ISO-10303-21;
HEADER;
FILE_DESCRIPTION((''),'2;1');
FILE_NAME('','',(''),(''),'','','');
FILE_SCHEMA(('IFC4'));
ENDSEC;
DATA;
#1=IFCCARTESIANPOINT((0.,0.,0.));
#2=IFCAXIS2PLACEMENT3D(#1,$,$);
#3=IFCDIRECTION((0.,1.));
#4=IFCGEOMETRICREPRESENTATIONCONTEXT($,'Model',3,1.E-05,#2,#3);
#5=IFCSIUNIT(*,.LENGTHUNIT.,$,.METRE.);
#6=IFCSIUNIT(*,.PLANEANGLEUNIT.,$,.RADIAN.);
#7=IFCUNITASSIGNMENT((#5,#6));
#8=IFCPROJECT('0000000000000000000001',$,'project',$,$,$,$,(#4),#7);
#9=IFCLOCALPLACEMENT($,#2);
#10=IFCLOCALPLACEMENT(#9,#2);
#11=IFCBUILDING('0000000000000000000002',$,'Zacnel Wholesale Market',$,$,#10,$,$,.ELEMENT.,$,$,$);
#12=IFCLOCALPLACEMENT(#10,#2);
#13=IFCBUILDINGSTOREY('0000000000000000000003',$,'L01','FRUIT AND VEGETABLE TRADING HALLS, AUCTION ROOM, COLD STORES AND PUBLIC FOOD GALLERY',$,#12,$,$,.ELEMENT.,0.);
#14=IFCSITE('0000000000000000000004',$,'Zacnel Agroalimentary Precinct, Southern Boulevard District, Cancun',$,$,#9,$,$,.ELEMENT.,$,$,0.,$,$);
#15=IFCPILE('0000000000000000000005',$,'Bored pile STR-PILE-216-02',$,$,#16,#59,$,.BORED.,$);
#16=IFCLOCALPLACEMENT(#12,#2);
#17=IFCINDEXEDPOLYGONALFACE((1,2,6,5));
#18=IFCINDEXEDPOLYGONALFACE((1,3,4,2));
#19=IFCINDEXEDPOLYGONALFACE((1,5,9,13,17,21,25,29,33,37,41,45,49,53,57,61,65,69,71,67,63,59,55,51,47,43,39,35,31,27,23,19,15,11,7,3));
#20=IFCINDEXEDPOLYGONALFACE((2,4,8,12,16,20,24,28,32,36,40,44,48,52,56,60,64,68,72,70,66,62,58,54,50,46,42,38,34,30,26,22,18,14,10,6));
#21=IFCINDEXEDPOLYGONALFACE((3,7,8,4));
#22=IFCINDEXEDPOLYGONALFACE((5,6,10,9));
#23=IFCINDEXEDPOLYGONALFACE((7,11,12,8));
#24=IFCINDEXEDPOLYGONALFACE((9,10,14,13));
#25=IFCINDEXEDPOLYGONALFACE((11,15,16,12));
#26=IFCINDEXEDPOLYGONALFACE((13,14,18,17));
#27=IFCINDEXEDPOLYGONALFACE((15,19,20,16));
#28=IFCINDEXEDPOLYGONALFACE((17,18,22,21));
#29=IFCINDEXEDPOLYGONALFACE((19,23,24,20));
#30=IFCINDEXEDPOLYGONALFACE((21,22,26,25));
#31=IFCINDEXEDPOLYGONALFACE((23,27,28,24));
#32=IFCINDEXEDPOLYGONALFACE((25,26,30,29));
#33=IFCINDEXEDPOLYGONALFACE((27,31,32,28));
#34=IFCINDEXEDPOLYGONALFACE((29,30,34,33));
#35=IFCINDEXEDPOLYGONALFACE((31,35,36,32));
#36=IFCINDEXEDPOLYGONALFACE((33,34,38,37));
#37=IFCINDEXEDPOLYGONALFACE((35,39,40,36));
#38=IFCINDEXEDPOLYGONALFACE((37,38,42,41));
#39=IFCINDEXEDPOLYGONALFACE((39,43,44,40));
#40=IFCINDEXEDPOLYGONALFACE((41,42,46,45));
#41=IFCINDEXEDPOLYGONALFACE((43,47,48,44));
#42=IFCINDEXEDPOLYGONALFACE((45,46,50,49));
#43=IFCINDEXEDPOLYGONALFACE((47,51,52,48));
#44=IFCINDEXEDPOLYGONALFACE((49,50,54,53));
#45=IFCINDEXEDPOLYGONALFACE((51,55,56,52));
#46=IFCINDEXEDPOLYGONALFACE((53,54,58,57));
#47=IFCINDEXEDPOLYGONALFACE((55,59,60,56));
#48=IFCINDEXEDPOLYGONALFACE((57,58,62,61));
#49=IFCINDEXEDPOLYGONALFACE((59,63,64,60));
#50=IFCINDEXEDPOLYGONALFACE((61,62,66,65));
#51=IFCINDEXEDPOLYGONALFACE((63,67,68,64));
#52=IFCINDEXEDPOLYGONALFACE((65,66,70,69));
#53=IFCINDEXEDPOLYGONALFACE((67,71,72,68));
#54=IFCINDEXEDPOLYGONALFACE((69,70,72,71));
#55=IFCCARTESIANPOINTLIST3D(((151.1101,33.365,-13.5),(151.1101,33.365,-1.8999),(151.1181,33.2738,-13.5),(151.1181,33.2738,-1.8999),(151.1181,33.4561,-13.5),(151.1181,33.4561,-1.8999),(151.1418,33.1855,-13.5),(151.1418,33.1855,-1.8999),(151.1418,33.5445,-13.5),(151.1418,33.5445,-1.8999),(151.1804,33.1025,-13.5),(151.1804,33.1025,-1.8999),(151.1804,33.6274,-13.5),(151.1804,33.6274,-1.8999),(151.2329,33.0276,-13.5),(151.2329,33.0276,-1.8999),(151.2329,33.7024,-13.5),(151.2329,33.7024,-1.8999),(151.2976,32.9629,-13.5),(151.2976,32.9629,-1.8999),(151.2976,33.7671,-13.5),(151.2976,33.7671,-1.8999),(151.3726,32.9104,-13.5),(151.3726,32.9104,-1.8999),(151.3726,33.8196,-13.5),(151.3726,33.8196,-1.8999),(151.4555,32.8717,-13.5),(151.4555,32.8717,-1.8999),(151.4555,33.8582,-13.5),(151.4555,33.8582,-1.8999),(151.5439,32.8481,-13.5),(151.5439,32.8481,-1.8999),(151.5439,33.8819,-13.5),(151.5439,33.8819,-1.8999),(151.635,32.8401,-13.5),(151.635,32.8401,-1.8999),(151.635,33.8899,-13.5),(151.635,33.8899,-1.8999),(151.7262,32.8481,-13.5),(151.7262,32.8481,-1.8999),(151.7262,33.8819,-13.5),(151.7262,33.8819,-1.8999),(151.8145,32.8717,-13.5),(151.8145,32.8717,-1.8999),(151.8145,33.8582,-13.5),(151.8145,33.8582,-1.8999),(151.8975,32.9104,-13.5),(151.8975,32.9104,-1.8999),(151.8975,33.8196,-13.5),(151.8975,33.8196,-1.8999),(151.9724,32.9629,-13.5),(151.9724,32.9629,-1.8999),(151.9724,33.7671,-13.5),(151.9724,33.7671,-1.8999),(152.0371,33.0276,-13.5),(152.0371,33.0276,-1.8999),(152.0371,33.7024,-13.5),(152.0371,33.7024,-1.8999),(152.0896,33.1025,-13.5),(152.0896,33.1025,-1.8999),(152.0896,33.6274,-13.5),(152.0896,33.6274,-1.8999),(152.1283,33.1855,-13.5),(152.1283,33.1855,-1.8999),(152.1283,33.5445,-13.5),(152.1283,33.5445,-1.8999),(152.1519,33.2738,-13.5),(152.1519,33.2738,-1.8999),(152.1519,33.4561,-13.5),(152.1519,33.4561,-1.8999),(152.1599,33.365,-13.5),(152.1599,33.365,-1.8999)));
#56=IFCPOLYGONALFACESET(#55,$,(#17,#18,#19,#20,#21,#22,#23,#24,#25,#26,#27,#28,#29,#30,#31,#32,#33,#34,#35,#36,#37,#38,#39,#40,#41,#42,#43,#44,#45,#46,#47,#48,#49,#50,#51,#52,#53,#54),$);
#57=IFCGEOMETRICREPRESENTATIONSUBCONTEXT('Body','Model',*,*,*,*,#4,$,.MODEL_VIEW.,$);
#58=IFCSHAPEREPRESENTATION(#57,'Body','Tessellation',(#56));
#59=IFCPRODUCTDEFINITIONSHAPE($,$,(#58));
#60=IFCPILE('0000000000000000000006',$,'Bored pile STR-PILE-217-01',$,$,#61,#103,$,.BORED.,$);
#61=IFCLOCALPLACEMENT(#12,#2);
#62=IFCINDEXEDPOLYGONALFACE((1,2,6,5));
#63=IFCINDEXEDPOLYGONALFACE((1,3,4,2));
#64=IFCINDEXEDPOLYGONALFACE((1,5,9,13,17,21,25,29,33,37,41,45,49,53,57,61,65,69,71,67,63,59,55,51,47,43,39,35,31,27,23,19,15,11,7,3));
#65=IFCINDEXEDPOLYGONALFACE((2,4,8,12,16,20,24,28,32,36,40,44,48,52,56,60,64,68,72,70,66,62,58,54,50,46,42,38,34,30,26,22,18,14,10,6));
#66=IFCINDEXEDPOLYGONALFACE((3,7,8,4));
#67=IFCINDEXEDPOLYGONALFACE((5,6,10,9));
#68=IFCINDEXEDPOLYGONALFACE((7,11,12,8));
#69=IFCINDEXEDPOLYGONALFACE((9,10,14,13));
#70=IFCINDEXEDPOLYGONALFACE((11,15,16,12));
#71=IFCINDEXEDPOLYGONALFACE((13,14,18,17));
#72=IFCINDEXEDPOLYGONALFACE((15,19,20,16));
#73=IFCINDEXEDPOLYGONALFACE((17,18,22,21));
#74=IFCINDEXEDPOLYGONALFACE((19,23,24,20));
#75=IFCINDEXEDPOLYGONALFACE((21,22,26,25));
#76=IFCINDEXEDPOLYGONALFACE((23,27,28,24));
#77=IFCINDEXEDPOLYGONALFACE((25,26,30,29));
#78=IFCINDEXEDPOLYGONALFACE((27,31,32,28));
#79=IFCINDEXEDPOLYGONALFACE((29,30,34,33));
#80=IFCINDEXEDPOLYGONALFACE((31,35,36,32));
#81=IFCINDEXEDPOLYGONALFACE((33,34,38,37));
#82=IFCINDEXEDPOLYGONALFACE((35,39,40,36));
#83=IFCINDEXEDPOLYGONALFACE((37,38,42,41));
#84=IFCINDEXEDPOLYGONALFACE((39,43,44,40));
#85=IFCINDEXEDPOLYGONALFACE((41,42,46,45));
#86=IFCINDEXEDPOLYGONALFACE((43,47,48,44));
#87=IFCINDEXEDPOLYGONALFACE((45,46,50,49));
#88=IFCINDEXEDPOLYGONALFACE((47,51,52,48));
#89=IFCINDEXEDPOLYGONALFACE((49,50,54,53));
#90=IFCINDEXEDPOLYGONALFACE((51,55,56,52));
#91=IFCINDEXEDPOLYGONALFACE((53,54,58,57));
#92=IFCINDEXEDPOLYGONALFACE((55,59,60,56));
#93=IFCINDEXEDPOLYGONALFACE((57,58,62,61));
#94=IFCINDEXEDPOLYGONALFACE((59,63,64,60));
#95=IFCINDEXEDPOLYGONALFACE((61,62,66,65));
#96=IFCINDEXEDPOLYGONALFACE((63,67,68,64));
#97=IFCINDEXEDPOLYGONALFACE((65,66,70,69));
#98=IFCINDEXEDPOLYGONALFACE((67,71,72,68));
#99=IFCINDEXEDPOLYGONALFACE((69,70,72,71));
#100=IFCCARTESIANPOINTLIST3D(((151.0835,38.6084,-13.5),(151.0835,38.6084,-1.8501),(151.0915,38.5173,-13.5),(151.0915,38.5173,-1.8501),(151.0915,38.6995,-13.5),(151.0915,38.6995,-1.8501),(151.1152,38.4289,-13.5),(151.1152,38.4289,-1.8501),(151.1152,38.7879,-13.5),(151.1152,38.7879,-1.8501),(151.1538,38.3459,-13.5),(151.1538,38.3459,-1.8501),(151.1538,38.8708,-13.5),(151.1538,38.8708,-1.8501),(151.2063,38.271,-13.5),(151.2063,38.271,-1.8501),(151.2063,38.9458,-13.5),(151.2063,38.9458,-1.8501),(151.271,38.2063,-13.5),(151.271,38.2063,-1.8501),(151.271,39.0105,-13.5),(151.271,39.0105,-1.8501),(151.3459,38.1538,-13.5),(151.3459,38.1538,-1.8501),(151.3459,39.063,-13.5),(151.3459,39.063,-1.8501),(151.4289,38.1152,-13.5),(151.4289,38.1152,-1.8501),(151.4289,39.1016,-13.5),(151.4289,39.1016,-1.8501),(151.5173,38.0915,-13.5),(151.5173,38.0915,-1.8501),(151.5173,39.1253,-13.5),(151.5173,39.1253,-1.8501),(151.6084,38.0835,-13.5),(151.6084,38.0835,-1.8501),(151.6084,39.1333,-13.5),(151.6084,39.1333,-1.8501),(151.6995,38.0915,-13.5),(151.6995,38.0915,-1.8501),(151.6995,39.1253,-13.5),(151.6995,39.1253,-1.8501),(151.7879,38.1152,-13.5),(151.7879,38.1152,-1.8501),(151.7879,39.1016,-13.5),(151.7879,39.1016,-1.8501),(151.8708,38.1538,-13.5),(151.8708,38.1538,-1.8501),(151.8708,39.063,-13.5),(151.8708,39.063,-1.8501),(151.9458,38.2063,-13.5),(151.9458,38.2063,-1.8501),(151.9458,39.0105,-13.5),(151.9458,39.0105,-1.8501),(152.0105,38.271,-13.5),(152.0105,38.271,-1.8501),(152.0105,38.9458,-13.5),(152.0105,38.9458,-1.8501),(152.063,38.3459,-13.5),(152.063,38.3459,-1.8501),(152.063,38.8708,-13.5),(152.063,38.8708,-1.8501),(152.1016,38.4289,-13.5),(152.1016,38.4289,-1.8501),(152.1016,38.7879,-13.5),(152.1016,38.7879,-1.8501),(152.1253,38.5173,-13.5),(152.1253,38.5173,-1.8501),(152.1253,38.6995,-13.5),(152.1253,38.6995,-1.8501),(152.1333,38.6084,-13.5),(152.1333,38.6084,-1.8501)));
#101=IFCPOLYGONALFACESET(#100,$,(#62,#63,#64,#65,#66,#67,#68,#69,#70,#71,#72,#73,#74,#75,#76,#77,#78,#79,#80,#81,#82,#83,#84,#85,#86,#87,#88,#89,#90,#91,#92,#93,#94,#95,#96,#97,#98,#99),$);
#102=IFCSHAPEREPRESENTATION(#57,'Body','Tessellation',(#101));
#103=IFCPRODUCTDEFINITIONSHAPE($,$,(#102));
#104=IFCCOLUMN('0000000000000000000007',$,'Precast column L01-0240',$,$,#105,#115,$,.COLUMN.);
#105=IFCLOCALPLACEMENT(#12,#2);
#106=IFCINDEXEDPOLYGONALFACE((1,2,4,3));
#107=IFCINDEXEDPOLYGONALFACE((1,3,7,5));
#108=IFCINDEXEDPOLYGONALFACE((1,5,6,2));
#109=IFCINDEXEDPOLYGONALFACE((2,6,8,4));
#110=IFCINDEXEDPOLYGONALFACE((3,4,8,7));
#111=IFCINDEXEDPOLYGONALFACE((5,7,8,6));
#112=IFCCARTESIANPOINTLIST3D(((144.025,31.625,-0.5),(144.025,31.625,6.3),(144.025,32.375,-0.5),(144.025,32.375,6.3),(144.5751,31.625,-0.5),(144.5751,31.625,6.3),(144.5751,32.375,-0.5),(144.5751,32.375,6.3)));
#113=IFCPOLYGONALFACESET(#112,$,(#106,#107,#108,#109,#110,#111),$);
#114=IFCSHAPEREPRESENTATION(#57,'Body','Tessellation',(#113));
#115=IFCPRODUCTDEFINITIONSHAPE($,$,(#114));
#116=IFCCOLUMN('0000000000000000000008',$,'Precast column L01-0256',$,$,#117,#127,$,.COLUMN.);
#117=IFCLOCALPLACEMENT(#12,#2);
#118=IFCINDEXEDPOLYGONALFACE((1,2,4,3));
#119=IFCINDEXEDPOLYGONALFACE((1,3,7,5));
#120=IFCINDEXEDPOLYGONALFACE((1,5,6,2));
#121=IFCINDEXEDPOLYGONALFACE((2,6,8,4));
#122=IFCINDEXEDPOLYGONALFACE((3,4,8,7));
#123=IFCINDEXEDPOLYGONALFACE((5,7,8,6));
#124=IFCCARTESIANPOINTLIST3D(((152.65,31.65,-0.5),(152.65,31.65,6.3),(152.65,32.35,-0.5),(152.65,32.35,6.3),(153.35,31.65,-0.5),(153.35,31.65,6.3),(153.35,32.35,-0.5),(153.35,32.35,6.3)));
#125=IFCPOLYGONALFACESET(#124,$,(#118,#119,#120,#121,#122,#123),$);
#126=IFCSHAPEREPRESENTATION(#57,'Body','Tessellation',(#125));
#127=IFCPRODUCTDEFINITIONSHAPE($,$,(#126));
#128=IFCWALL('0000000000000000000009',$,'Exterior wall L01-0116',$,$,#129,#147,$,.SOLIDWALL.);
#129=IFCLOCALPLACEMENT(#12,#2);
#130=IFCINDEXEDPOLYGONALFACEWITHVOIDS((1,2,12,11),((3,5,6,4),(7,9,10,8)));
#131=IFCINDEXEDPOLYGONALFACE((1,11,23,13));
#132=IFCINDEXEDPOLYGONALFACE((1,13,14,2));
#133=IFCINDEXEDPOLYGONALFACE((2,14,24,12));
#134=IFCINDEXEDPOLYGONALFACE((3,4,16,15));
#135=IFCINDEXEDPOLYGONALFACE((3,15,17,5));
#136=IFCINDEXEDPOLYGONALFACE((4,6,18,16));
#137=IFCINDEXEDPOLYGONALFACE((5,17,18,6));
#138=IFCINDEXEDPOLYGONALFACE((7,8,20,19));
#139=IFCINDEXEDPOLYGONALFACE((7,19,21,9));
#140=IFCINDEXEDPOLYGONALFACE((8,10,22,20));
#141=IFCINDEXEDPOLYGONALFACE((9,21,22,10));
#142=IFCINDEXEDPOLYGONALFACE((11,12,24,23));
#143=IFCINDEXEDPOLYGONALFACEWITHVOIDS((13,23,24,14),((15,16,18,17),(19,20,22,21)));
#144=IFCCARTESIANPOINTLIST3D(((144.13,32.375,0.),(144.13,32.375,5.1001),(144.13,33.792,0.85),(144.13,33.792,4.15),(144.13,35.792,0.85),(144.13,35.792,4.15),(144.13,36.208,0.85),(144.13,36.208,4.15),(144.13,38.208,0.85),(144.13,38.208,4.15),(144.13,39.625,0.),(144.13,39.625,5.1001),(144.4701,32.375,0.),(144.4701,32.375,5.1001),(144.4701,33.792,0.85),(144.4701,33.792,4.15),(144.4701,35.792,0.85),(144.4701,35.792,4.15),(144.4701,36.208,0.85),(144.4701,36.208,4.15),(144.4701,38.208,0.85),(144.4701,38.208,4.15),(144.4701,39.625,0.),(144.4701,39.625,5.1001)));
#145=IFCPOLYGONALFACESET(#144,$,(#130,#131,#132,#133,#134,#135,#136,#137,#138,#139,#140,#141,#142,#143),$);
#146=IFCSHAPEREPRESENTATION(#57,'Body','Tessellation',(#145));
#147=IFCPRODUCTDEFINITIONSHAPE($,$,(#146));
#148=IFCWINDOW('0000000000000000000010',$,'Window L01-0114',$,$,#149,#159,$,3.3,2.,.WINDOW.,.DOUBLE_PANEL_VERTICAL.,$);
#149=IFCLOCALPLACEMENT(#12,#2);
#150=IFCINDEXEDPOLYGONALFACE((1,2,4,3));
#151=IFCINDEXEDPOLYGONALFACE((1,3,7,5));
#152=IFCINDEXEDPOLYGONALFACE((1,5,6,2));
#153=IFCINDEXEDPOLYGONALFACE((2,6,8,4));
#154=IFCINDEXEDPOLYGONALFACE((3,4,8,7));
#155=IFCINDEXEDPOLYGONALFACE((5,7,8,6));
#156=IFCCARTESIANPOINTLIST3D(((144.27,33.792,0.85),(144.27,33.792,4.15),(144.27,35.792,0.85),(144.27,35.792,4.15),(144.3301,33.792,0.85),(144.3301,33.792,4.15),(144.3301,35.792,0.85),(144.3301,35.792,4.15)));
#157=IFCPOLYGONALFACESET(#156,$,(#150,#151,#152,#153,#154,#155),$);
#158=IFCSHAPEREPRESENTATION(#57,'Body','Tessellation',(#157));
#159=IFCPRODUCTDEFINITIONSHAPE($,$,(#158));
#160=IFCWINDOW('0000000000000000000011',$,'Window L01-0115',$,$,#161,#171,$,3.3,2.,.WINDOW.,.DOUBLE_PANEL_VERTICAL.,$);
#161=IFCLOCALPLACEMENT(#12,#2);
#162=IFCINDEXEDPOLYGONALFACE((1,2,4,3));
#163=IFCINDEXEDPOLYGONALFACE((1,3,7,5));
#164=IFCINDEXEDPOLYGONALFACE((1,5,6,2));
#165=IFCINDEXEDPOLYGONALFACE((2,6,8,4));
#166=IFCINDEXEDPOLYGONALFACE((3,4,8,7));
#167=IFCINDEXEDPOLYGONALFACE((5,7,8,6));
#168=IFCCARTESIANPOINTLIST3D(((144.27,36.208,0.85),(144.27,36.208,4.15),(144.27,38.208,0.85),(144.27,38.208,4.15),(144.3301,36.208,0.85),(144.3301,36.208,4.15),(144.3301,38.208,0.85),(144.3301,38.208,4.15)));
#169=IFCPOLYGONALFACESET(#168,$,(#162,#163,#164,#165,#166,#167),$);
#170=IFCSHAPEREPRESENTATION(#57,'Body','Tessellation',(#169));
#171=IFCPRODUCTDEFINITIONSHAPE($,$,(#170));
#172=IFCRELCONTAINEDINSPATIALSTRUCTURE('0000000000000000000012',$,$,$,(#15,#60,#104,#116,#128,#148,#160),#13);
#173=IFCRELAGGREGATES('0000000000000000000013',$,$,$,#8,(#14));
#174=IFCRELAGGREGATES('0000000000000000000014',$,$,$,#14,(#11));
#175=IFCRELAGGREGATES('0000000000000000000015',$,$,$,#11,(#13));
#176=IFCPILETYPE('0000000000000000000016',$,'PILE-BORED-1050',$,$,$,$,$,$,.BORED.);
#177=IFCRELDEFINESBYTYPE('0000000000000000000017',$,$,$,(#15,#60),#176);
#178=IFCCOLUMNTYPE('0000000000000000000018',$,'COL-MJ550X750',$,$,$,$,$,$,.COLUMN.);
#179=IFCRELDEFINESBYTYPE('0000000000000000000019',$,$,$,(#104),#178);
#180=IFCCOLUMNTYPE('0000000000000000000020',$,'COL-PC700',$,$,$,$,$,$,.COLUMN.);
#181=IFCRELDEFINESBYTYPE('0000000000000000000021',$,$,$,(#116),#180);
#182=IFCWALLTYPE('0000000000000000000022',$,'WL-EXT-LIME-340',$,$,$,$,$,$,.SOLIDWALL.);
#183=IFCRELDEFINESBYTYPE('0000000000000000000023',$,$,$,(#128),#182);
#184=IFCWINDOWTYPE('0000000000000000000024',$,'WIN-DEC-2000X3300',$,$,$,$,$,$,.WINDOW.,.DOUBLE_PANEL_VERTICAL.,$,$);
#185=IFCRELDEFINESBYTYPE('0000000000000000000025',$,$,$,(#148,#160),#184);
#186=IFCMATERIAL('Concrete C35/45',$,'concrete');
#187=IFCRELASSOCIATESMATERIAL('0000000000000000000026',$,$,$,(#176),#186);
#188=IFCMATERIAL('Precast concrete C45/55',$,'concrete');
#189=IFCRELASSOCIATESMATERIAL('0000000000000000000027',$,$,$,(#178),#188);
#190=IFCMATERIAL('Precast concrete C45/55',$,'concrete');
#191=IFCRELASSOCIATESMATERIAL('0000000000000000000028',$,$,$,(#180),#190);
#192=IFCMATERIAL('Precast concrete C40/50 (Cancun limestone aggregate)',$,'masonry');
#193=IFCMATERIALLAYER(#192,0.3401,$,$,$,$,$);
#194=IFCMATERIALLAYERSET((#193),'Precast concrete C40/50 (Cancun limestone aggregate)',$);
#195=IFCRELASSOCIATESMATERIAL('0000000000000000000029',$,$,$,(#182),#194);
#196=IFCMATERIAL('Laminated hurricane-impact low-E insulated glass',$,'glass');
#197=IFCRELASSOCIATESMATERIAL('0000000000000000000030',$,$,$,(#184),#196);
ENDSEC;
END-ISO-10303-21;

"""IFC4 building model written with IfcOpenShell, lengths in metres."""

from ifc_helpers import new_model, si_unit, direction, frame, frame_2d, origin, origin_2d, place, context, subcontext, project, spatial, rectangle, circle, extrude, material, layer, layer_set, material_profile, profile_set, type_object, element, fill, save


model = new_model("IFC4")

# Units and contexts
model_context = context("Model", 3, precision=1e-05, world=origin(), true_north=direction((0.0, 1.0)))
body_context = subcontext(model_context, "Body", "Model", "MODEL_VIEW")
ifc_project = project(units=[si_unit("LENGTHUNIT", "METRE"), si_unit("PLANEANGLEUNIT", "RADIAN")], contexts=[model_context])

# Site, building, storey
site_placement = place(None, origin())
site = spatial("IfcSite", under=ifc_project, at=site_placement, Name="Zacnel Agroalimentary Precinct, Southern Boulevard District, Cancun", CompositionType="ELEMENT", RefElevation=0.0)
building_placement = place(site_placement, origin())
building = spatial("IfcBuilding", under=site, at=building_placement, Name="Zacnel Wholesale Market", CompositionType="ELEMENT")
storey_placement = place(building_placement, origin())
storey = spatial("IfcBuildingStorey", under=building, at=storey_placement, Name="L01", Description="FRUIT AND VEGETABLE TRADING HALLS, AUCTION ROOM, COLD STORES AND PUBLIC FOOD GALLERY", CompositionType="ELEMENT", Elevation=0.0)

# Piles
ifc_material_1 = material(Name="Concrete C35/45", Category="concrete")
ifc_material_profile_1 = material_profile(ifc_material_1, circle(Radius=0.5249, at=origin_2d()), Name="BORED PILE D1050")
ifc_profile_set_1 = profile_set([ifc_material_profile_1], Name="Concrete C35/45")
pile_type = type_object("IfcPileType", Name="PILE-BORED-1050", PredefinedType="BORED", material=ifc_profile_set_1)
for number, where, z_axis, x_axis, name in (
    (1, (151.635, 33.365, -1.8999), (0.0, 0.0, -1.0), (1.0, 0.0, 0.0), "Bored pile STR-PILE-216-02"),
):
    element("IfcPile", number, at=place(storey_placement, frame(where, z_axis=z_axis, x_axis=x_axis)), inside=storey, type_object=pile_type, Name=name, PredefinedType="BORED", context=body_context, shape_type="SweptSolid", body=[
        extrude(circle(Radius=0.5249, at=origin_2d()), origin(), (0.0, 0.0, 1.0), 11.6001),
    ])
pile_1_placement = place(storey_placement, frame((151.6084, 38.6084, -1.8501), z_axis=(0.0, 0.0, -1.0), x_axis=(1.0, 0.0, 0.0)))
element("IfcPile", 2, at=pile_1_placement, inside=storey, type_object=pile_type, Name="Bored pile STR-PILE-217-01", PredefinedType="BORED", context=body_context, shape_type="SweptSolid", body=[
    extrude(circle(Radius=0.5249, at=origin_2d()), origin(), (0.0, 0.0, 1.0), 11.6499),
])

# Columns
ifc_material_2 = material(Name="Precast concrete C45/55", Category="concrete")
ifc_material_profile_2 = material_profile(ifc_material_2, rectangle(XDim=0.55, YDim=0.75, at=origin_2d()), Name="PC 550x750")
ifc_profile_set_2 = profile_set([ifc_material_profile_2], Name="Precast concrete C45/55")
column_type_1 = type_object("IfcColumnType", Name="COL-MJ550X750", PredefinedType="COLUMN", material=ifc_profile_set_2)
column_1_placement = place(storey_placement, frame((144.3, 32.0, -0.5), z_axis=(0.0, 0.0, 1.0), x_axis=(1.0, 0.0, 0.0)))
element("IfcColumn", 3, at=column_1_placement, inside=storey, type_object=column_type_1, Name="Precast column L01-0240", PredefinedType="COLUMN", context=body_context, shape_type="SweptSolid", body=[
    extrude(rectangle(XDim=0.55, YDim=0.75, at=origin_2d()), origin(), (0.0, 0.0, 1.0), 6.8),
])
ifc_material_3 = material(Name="Precast concrete C45/55", Category="concrete")
ifc_material_profile_3 = material_profile(ifc_material_3, rectangle(XDim=0.7, YDim=0.7, at=origin_2d()), Name="PC 700x700")
ifc_profile_set_3 = profile_set([ifc_material_profile_3], Name="Precast concrete C45/55")
column_type_2 = type_object("IfcColumnType", Name="COL-PC700", PredefinedType="COLUMN", material=ifc_profile_set_3)
column_2_placement = place(storey_placement, frame((153.0, 32.0, -0.5), z_axis=(0.0, 0.0, 1.0), x_axis=(1.0, 0.0, 0.0)))
element("IfcColumn", 4, at=column_2_placement, inside=storey, type_object=column_type_2, Name="Precast column L01-0256", PredefinedType="COLUMN", context=body_context, shape_type="SweptSolid", body=[
    extrude(rectangle(XDim=0.7, YDim=0.7, at=origin_2d()), origin(), (0.0, 0.0, 1.0), 6.8),
])

# Wall, openings, windows
ifc_material_4 = material(Name="Precast concrete C40/50 (Cancun limestone aggregate)", Category="masonry")
ifc_layer_1 = layer(ifc_material_4, 0.3401)
ifc_layer_set_1 = layer_set([ifc_layer_1], Name="Precast concrete C40/50 (Cancun limestone aggregate)")
wall_type_1 = type_object("IfcWallType", Name="WL-EXT-LIME-340", PredefinedType="SOLIDWALL", material=ifc_layer_set_1)
wall_1_placement = place(storey_placement, frame((144.3, 32.375, 0.0), z_axis=(0.0, 0.0, 1.0), x_axis=(0.0, 1.0, 0.0)))
wall_1 = element("IfcWall", 5, at=wall_1_placement, inside=storey, type_object=wall_type_1, Name="Exterior wall L01-0116", PredefinedType="SOLIDWALL", context=body_context, shape_type="SweptSolid", body=[
    extrude(rectangle(XDim=7.25, YDim=0.3401, at=frame_2d((3.625, 0.0))), origin(), (0.0, 0.0, 1.0), 5.1001),
])
opening_1_placement = place(wall_1_placement, frame((1.417, 0.0, 0.8501)))
opening_1 = element("IfcOpeningElement", 6, at=opening_1_placement, cuts=wall_1, PredefinedType="OPENING", context=body_context, shape_type="SweptSolid", body=[
    extrude(rectangle(XDim=2.0, YDim=3.3, at=frame_2d((1.0, 1.6499))), frame((0.0, 0.1799, 0.0), z_axis=(0.0, -1.0, 0.0), x_axis=(1.0, 0.0, 0.0)), (0.0, 0.0, 1.0), 0.3601),
])
opening_2_placement = place(wall_1_placement, frame((3.833, 0.0, 0.8501)))
opening_2 = element("IfcOpeningElement", 7, at=opening_2_placement, cuts=wall_1, PredefinedType="OPENING", context=body_context, shape_type="SweptSolid", body=[
    extrude(rectangle(XDim=2.0, YDim=3.3, at=frame_2d((1.0, 1.6499))), frame((0.0, 0.1799, 0.0), z_axis=(0.0, -1.0, 0.0), x_axis=(1.0, 0.0, 0.0)), (0.0, 0.0, 1.0), 0.3601),
])
ifc_material_5 = material(Name="Laminated hurricane-impact low-E insulated glass", Category="glass")
window_type = type_object("IfcWindowType", Name="WIN-DEC-2000X3300", PartitioningType="DOUBLE_PANEL_VERTICAL", PredefinedType="WINDOW", material=ifc_material_5)
window_1_placement = place(opening_1_placement, origin())
window_1 = element("IfcWindow", 8, at=window_1_placement, inside=storey, type_object=window_type, Name="Window L01-0114", OverallHeight=3.3, OverallWidth=2.0, PartitioningType="DOUBLE_PANEL_VERTICAL", PredefinedType="WINDOW", context=body_context, shape_type="SweptSolid", body=[
    extrude(rectangle(XDim=2.0, YDim=3.3, at=frame_2d((1.0, 1.6499))), frame((0.0, 0.03, 0.0), z_axis=(0.0, -1.0, 0.0), x_axis=(1.0, 0.0, 0.0)), (0.0, 0.0, 1.0), 0.0601),
])
fill(opening_1, window_1)
window_2_placement = place(opening_2_placement, origin())
window_2 = element("IfcWindow", 9, at=window_2_placement, inside=storey, type_object=window_type, Name="Window L01-0115", OverallHeight=3.3, OverallWidth=2.0, PartitioningType="DOUBLE_PANEL_VERTICAL", PredefinedType="WINDOW", context=body_context, shape_type="SweptSolid", body=[
    extrude(rectangle(XDim=2.0, YDim=3.3, at=frame_2d((1.0, 1.6499))), frame((0.0, 0.03, 0.0), z_axis=(0.0, -1.0, 0.0), x_axis=(1.0, 0.0, 0.0)), (0.0, 0.0, 1.0), 0.0601),
])
fill(opening_2, window_2)

save(model, "model.ifc")
